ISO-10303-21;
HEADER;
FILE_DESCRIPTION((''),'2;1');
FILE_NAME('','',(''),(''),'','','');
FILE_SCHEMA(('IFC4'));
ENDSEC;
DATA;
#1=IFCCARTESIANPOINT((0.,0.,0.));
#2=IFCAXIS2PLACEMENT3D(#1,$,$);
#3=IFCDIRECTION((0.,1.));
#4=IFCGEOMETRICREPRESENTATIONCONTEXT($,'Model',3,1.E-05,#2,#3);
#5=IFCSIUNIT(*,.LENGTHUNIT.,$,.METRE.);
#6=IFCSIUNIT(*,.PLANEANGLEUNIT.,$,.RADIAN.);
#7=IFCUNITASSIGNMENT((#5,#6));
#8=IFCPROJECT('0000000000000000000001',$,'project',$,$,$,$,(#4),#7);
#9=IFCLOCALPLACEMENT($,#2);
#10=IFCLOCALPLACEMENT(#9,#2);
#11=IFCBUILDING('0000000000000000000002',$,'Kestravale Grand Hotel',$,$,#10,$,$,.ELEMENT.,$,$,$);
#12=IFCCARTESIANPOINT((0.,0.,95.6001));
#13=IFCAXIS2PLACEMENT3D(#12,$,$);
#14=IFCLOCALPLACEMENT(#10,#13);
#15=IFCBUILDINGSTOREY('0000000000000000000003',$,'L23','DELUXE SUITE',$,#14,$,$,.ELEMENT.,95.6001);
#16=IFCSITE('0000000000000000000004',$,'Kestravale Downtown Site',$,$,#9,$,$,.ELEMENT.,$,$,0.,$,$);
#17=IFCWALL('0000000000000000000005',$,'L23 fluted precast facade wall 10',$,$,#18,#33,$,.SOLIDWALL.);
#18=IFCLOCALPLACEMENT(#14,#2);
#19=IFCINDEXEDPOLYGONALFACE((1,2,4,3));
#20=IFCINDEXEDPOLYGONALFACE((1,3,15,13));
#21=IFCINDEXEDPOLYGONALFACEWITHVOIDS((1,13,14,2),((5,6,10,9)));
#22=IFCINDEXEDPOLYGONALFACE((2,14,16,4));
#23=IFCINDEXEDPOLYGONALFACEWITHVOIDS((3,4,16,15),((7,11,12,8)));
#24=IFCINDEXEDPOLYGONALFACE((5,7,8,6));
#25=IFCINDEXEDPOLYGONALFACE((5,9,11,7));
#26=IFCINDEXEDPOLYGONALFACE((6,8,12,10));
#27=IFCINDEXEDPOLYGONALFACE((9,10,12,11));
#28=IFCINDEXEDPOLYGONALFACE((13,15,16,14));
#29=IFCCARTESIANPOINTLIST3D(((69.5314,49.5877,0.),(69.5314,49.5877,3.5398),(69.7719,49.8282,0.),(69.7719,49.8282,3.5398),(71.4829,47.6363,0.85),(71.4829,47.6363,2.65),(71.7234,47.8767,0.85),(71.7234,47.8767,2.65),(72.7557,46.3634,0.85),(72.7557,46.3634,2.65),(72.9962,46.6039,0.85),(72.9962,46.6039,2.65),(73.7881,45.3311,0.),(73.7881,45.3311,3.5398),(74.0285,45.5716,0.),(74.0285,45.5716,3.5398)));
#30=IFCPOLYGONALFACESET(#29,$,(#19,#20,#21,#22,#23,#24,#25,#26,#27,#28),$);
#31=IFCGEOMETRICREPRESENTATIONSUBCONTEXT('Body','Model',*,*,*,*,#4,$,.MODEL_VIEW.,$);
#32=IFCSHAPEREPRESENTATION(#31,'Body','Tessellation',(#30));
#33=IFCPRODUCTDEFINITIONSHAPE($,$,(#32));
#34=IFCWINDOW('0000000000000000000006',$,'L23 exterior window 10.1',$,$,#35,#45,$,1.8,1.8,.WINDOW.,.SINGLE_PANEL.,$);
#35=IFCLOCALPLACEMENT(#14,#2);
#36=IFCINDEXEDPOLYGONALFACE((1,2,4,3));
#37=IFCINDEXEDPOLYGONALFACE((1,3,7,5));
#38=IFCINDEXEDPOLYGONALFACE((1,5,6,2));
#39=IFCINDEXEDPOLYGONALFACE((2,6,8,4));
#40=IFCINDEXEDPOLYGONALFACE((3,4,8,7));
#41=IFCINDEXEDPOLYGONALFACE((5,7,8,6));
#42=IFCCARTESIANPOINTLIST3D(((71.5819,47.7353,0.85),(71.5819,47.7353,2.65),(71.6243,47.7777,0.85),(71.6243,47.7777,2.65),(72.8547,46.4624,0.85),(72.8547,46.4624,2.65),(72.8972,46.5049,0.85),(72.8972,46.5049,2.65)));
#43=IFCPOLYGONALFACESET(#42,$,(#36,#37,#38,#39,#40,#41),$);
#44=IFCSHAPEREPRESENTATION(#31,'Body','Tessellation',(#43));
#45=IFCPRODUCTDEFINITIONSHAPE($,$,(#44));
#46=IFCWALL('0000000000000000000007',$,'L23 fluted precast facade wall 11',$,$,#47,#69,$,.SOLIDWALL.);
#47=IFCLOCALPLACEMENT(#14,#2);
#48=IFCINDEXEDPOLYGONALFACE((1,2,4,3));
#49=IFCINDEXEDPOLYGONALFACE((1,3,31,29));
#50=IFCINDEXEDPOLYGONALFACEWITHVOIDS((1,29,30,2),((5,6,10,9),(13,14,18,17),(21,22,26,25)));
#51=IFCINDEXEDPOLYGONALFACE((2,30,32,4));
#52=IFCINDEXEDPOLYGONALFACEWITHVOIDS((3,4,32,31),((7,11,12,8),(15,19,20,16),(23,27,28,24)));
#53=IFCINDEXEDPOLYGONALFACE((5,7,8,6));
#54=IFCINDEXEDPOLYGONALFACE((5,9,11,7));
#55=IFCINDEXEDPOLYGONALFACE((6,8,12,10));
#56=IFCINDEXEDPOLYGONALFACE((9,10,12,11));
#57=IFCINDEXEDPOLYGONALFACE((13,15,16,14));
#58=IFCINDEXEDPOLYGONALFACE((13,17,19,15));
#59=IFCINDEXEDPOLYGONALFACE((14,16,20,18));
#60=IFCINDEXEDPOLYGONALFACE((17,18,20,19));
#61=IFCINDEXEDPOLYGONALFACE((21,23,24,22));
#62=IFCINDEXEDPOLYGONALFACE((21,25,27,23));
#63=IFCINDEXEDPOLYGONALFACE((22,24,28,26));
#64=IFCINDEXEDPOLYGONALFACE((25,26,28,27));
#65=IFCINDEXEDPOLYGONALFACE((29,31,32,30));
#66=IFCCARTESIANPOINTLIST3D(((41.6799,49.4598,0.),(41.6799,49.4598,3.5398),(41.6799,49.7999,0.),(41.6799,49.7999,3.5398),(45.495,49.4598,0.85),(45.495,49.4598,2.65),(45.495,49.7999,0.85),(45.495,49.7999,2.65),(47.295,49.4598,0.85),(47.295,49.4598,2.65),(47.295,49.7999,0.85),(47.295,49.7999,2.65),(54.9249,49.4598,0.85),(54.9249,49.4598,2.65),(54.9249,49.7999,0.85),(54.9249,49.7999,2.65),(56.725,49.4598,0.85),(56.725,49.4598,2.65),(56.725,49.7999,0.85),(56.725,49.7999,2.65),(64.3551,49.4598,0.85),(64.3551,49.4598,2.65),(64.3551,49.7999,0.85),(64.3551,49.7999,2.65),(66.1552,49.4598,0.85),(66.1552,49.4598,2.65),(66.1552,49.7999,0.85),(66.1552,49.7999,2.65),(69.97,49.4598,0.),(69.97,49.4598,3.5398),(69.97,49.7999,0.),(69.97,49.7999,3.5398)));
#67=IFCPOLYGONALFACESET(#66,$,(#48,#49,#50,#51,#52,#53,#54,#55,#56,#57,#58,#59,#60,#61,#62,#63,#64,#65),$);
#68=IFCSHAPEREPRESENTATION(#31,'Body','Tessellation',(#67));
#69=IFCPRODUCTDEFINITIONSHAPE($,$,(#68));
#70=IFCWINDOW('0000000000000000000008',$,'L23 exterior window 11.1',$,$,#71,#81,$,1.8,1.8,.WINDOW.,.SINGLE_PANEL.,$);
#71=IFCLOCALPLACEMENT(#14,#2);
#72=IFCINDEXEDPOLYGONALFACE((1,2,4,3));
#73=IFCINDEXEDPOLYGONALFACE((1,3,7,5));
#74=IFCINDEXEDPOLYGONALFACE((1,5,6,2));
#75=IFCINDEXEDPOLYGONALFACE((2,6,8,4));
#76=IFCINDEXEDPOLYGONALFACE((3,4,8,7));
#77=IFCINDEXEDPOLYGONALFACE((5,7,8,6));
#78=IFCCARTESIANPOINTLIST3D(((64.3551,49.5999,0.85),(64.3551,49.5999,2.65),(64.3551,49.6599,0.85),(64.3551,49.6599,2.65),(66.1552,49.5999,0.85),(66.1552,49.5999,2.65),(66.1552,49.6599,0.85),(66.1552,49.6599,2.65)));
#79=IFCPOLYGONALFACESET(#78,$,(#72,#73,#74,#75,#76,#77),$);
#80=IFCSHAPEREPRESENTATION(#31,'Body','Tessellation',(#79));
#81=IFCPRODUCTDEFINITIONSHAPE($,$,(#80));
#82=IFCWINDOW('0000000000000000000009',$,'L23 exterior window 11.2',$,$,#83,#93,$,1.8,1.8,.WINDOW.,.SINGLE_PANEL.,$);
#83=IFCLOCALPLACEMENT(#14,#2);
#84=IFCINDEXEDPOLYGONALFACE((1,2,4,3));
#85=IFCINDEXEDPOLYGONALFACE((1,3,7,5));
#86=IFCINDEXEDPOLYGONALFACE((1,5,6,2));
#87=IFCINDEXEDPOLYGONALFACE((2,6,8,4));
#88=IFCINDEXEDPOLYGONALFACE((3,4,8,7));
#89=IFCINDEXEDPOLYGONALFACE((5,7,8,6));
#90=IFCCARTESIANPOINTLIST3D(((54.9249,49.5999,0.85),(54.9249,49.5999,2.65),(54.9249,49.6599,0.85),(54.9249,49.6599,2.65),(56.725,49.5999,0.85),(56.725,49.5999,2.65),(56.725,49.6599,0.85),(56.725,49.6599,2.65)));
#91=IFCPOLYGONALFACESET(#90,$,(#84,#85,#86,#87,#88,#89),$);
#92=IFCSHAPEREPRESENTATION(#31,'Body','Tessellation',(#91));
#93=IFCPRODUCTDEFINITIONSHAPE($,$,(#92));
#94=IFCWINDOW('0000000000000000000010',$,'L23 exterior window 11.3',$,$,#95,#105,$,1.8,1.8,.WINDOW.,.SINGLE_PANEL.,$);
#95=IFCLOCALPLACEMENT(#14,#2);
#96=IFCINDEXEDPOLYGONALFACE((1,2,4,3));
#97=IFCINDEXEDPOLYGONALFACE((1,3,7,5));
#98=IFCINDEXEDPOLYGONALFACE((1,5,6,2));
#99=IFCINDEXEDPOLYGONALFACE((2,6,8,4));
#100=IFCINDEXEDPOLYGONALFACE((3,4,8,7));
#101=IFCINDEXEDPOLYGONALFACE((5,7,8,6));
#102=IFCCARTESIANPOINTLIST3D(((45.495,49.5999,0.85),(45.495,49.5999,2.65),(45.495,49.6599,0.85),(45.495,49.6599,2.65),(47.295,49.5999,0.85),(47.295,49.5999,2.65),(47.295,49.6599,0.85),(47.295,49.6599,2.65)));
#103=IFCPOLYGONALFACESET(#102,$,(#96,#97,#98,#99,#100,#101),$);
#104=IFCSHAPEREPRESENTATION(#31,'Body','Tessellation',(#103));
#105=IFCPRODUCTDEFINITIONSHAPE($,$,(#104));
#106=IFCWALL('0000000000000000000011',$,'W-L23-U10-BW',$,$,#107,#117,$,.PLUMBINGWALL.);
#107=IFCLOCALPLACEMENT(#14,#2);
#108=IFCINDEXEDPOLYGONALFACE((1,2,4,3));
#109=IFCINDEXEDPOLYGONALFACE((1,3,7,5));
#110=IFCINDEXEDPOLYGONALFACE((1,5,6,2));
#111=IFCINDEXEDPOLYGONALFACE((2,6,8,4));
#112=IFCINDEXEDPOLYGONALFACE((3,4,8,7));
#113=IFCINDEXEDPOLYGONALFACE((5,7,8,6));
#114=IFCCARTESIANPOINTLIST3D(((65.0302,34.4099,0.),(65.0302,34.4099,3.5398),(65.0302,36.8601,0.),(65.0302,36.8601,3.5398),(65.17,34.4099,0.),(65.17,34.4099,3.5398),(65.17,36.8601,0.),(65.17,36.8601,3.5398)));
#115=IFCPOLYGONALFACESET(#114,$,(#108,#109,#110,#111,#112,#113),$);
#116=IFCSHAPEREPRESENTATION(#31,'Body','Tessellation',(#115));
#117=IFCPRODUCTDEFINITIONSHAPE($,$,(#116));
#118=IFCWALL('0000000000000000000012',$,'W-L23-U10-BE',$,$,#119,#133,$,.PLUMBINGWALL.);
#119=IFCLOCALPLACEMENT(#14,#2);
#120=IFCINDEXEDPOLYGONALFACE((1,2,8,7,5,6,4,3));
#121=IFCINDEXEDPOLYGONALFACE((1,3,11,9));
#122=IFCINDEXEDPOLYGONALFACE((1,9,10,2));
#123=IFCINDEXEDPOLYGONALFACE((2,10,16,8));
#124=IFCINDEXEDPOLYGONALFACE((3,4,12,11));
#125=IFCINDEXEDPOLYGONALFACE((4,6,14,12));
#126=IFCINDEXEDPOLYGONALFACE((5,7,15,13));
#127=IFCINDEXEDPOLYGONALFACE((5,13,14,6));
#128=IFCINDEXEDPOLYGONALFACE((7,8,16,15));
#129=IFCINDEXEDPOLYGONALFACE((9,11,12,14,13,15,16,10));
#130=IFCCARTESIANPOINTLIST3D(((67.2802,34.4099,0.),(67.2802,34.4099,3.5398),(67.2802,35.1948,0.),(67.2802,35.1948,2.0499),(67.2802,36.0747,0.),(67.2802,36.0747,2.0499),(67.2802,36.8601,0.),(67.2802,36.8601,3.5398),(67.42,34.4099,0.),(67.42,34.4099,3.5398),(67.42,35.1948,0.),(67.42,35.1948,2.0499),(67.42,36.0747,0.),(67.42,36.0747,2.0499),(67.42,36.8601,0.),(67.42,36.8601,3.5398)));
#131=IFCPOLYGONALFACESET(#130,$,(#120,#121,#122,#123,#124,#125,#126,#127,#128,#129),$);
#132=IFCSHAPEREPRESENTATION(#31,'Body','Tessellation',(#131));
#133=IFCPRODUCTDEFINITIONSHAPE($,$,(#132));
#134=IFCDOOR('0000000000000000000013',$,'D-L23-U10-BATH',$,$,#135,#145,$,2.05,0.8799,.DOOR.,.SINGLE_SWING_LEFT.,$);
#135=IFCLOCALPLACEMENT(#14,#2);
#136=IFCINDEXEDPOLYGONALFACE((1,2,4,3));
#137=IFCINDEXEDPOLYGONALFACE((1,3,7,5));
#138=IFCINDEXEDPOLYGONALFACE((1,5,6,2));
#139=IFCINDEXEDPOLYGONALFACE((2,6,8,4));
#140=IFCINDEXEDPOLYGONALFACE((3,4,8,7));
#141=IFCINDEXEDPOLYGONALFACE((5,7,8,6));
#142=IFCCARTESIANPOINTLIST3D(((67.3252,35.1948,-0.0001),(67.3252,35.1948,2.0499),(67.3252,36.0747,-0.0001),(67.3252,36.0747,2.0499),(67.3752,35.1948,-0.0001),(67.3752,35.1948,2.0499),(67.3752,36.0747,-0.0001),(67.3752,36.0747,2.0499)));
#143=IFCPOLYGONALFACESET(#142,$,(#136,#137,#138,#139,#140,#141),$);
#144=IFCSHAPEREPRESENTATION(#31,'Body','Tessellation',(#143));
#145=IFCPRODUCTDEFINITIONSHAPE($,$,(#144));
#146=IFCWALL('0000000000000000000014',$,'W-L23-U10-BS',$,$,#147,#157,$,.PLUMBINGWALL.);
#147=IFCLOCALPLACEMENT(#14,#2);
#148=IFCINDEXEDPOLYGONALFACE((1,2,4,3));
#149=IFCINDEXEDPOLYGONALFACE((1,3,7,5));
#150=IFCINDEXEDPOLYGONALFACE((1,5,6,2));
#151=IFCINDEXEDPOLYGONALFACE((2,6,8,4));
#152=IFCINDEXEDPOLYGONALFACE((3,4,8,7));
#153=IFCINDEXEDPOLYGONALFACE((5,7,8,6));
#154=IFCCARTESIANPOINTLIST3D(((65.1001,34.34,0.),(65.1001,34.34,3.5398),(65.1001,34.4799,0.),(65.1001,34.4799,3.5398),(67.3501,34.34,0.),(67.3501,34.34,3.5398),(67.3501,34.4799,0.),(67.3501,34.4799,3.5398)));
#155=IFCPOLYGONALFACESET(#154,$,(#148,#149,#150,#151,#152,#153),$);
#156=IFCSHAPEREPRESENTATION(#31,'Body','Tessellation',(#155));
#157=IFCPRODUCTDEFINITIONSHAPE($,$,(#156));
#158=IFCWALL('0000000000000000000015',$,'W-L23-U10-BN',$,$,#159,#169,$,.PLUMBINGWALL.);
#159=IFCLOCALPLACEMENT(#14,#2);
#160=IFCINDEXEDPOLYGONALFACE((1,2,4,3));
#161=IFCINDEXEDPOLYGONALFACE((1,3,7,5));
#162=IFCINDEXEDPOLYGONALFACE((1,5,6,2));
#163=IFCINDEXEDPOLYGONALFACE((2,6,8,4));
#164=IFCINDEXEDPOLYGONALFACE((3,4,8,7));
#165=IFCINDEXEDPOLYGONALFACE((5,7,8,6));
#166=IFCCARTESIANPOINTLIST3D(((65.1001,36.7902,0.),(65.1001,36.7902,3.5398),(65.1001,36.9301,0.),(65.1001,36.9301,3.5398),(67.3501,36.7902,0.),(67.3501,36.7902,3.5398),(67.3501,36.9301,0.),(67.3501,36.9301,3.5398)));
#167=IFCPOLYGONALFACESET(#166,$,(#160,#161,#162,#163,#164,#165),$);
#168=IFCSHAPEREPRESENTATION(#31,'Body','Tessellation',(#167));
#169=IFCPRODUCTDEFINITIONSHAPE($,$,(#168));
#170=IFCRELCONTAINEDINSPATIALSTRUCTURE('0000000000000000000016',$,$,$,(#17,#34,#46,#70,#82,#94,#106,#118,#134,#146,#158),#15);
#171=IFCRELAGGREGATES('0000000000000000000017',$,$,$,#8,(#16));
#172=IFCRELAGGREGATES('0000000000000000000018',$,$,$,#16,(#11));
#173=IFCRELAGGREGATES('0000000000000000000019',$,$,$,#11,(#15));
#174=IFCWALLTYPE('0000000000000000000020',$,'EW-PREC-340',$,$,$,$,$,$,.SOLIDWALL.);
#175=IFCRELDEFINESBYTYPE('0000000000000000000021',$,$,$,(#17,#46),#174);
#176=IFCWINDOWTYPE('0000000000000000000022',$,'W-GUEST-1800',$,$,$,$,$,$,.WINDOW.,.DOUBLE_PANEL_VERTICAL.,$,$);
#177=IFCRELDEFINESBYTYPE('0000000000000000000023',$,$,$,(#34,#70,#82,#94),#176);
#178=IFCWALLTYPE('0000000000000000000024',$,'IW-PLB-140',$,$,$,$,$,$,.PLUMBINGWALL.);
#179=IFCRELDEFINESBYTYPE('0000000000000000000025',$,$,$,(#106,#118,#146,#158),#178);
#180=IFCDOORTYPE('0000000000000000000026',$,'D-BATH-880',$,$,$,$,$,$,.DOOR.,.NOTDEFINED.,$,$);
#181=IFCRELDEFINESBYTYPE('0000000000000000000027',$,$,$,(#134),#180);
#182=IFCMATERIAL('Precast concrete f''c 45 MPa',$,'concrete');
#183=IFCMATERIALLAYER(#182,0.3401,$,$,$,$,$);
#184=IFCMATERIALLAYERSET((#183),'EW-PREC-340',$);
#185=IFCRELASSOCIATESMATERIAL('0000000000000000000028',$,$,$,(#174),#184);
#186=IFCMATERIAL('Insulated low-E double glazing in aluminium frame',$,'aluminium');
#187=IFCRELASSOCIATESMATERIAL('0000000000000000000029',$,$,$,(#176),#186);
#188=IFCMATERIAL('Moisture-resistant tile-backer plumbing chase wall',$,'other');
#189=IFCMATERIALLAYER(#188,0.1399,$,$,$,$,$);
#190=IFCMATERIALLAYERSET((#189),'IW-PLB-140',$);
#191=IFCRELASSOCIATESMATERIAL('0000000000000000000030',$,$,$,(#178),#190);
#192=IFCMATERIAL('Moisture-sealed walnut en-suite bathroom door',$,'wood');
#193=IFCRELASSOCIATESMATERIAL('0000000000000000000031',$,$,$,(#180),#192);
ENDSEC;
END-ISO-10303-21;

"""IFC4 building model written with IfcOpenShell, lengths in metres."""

from ifc_helpers import new_model, si_unit, direction, frame, frame_2d, origin, place, context, subcontext, project, spatial, rectangle, extrude, material, layer, layer_set, type_object, element, fill, save


model = new_model("IFC4")

# Units and contexts
model_context = context("Model", 3, precision=1e-05, world=origin(), true_north=direction((0.0, 1.0)))
body_context = subcontext(model_context, "Body", "Model", "MODEL_VIEW")
ifc_project = project(units=[si_unit("LENGTHUNIT", "METRE"), si_unit("PLANEANGLEUNIT", "RADIAN")], contexts=[model_context])

# Site, building, storey
site_placement = place(None, origin())
site = spatial("IfcSite", under=ifc_project, at=site_placement, Name="Kestravale Downtown Site", CompositionType="ELEMENT", RefElevation=0.0)
building_placement = place(site_placement, origin())
building = spatial("IfcBuilding", under=site, at=building_placement, Name="Kestravale Grand Hotel", CompositionType="ELEMENT")
storey_placement = place(building_placement, frame((0.0, 0.0, 95.6001)))
storey = spatial("IfcBuildingStorey", under=building, at=storey_placement, Name="L23", Description="DELUXE SUITE", CompositionType="ELEMENT", Elevation=95.6001)

# Wall, opening, window
ifc_material_1 = material(Name="Precast concrete f'c 45 MPa", Category="concrete")
ifc_layer_1 = layer(ifc_material_1, 0.3401)
ifc_layer_set_1 = layer_set([ifc_layer_1], Name="EW-PREC-340")
wall_type_1 = type_object("IfcWallType", Name="EW-PREC-340", PredefinedType="SOLIDWALL", material=ifc_layer_set_1)
wall_1_placement = place(storey_placement, frame((73.9082, 45.4514, 0.0), z_axis=(0.0, 0.0, 1.0), x_axis=(-0.707107, 0.707107, 0.0)))
wall_1 = element("IfcWall", 1, at=wall_1_placement, inside=storey, type_object=wall_type_1, Name="L23 fluted precast facade wall 10", PredefinedType="SOLIDWALL", context=body_context, shape_type="SweptSolid", body=[
    extrude(rectangle(XDim=6.0198, YDim=0.3401, at=frame_2d((3.0098, 0.0))), origin(), (0.0, 0.0, 1.0), 3.5398),
])
opening_1_placement = place(wall_1_placement, frame((1.46, 0.0, 0.8501)))
opening_1 = element("IfcOpeningElement", 2, at=opening_1_placement, cuts=wall_1, PredefinedType="OPENING", context=body_context, shape_type="SweptSolid", body=[
    extrude(rectangle(XDim=1.8, YDim=1.8, at=frame_2d((0.8999, 0.8999))), frame((0.0, 0.1799, 0.0), z_axis=(0.0, -1.0, 0.0), x_axis=(1.0, 0.0, 0.0)), (0.0, 0.0, 1.0), 0.3601),
])
ifc_material_2 = material(Name="Insulated low-E double glazing in aluminium frame", Category="aluminium")
window_type = type_object("IfcWindowType", Name="W-GUEST-1800", PartitioningType="DOUBLE_PANEL_VERTICAL", PredefinedType="WINDOW", material=ifc_material_2)
window_1_placement = place(opening_1_placement, origin())
window_1 = element("IfcWindow", 3, at=window_1_placement, inside=storey, type_object=window_type, Name="L23 exterior window 10.1", OverallHeight=1.8, OverallWidth=1.8, PartitioningType="SINGLE_PANEL", PredefinedType="WINDOW", context=body_context, shape_type="SweptSolid", body=[
    extrude(rectangle(XDim=1.8, YDim=1.8, at=frame_2d((0.8999, 0.8999))), frame((0.0, 0.03, 0.0), z_axis=(0.0, -1.0, 0.0), x_axis=(1.0, 0.0, 0.0)), (0.0, 0.0, 1.0), 0.0601),
])
fill(opening_1, window_1)

# Wall, openings, windows
wall_2_placement = place(storey_placement, frame((69.97, 49.6299, 0.0), z_axis=(0.0, 0.0, 1.0), x_axis=(-1.0, 0.0, 0.0)))
wall_2 = element("IfcWall", 4, at=wall_2_placement, inside=storey, type_object=wall_type_1, Name="L23 fluted precast facade wall 11", PredefinedType="SOLIDWALL", context=body_context, shape_type="SweptSolid", body=[
    extrude(rectangle(XDim=28.29, YDim=0.3401, at=frame_2d((14.145, 0.0))), origin(), (0.0, 0.0, 1.0), 3.5398),
])
opening_2_placement = place(wall_2_placement, frame((3.8149, 0.0, 0.8501)))
opening_2 = element("IfcOpeningElement", 5, at=opening_2_placement, cuts=wall_2, PredefinedType="OPENING", context=body_context, shape_type="SweptSolid", body=[
    extrude(rectangle(XDim=1.8, YDim=1.8, at=frame_2d((0.8999, 0.8999))), frame((0.0, 0.1799, 0.0), z_axis=(0.0, -1.0, 0.0), x_axis=(1.0, 0.0, 0.0)), (0.0, 0.0, 1.0), 0.3601),
])
opening_3_placement = place(wall_2_placement, frame((13.2451, 0.0, 0.8501)))
opening_3 = element("IfcOpeningElement", 6, at=opening_3_placement, cuts=wall_2, PredefinedType="OPENING", context=body_context, shape_type="SweptSolid", body=[
    extrude(rectangle(XDim=1.8, YDim=1.8, at=frame_2d((0.8999, 0.8999))), frame((0.0, 0.1799, 0.0), z_axis=(0.0, -1.0, 0.0), x_axis=(1.0, 0.0, 0.0)), (0.0, 0.0, 1.0), 0.3601),
])
opening_4_placement = place(wall_2_placement, frame((22.675, 0.0, 0.8501)))
opening_4 = element("IfcOpeningElement", 7, at=opening_4_placement, cuts=wall_2, PredefinedType="OPENING", context=body_context, shape_type="SweptSolid", body=[
    extrude(rectangle(XDim=1.8, YDim=1.8, at=frame_2d((0.8999, 0.8999))), frame((0.0, 0.1799, 0.0), z_axis=(0.0, -1.0, 0.0), x_axis=(1.0, 0.0, 0.0)), (0.0, 0.0, 1.0), 0.3601),
])
window_2_placement = place(opening_2_placement, origin())
window_2 = element("IfcWindow", 8, at=window_2_placement, inside=storey, type_object=window_type, Name="L23 exterior window 11.1", OverallHeight=1.8, OverallWidth=1.8, PartitioningType="SINGLE_PANEL", PredefinedType="WINDOW", context=body_context, shape_type="SweptSolid", body=[
    extrude(rectangle(XDim=1.8, YDim=1.8, at=frame_2d((0.8999, 0.8999))), frame((0.0, 0.03, 0.0), z_axis=(0.0, -1.0, 0.0), x_axis=(1.0, 0.0, 0.0)), (0.0, 0.0, 1.0), 0.0601),
])
fill(opening_2, window_2)
window_3_placement = place(opening_3_placement, origin())
window_3 = element("IfcWindow", 9, at=window_3_placement, inside=storey, type_object=window_type, Name="L23 exterior window 11.2", OverallHeight=1.8, OverallWidth=1.8, PartitioningType="SINGLE_PANEL", PredefinedType="WINDOW", context=body_context, shape_type="SweptSolid", body=[
    extrude(rectangle(XDim=1.8, YDim=1.8, at=frame_2d((0.8999, 0.8999))), frame((0.0, 0.03, 0.0), z_axis=(0.0, -1.0, 0.0), x_axis=(1.0, 0.0, 0.0)), (0.0, 0.0, 1.0), 0.0601),
])
fill(opening_3, window_3)
window_4_placement = place(opening_4_placement, origin())
window_4 = element("IfcWindow", 10, at=window_4_placement, inside=storey, type_object=window_type, Name="L23 exterior window 11.3", OverallHeight=1.8, OverallWidth=1.8, PartitioningType="SINGLE_PANEL", PredefinedType="WINDOW", context=body_context, shape_type="SweptSolid", body=[
    extrude(rectangle(XDim=1.8, YDim=1.8, at=frame_2d((0.8999, 0.8999))), frame((0.0, 0.03, 0.0), z_axis=(0.0, -1.0, 0.0), x_axis=(1.0, 0.0, 0.0)), (0.0, 0.0, 1.0), 0.0601),
])
fill(opening_4, window_4)

# Wall
ifc_material_3 = material(Name="Moisture-resistant tile-backer plumbing chase wall", Category="other")
ifc_layer_2 = layer(ifc_material_3, 0.1399)
ifc_layer_set_2 = layer_set([ifc_layer_2], Name="IW-PLB-140")
wall_type_2 = type_object("IfcWallType", Name="IW-PLB-140", PredefinedType="PLUMBINGWALL", material=ifc_layer_set_2)
wall_3_placement = place(storey_placement, frame((65.1001, 34.4099, 0.0), z_axis=(0.0, 0.0, 1.0), x_axis=(0.0, 1.0, 0.0)))
element("IfcWall", 11, at=wall_3_placement, inside=storey, type_object=wall_type_2, Name="W-L23-U10-BW", PredefinedType="PLUMBINGWALL", context=body_context, shape_type="SweptSolid", body=[
    extrude(rectangle(XDim=2.4502, YDim=0.1399, at=frame_2d((1.2251, 0.0))), origin(), (0.0, 0.0, 1.0), 3.5398),
])

# Wall, opening, door
wall_4_placement = place(storey_placement, frame((67.3501, 34.4099, 0.0), z_axis=(0.0, 0.0, 1.0), x_axis=(0.0, 1.0, 0.0)))
wall_4 = element("IfcWall", 12, at=wall_4_placement, inside=storey, type_object=wall_type_2, Name="W-L23-U10-BE", PredefinedType="PLUMBINGWALL", context=body_context, shape_type="SweptSolid", body=[
    extrude(rectangle(XDim=2.4502, YDim=0.1399, at=frame_2d((1.2251, 0.0))), origin(), (0.0, 0.0, 1.0), 3.5398),
])
opening_5_placement = place(wall_4_placement, frame((0.7849, 0.0, 0.0)))
opening_5 = element("IfcOpeningElement", 13, at=opening_5_placement, cuts=wall_4, PredefinedType="OPENING", context=body_context, shape_type="SweptSolid", body=[
    extrude(rectangle(XDim=0.8799, YDim=2.05, at=frame_2d((0.4399, 1.0249))), frame((0.0, 0.0798, 0.0), z_axis=(0.0, -1.0, 0.0), x_axis=(1.0, 0.0, 0.0)), (0.0, 0.0, 1.0), 0.1599),
])
ifc_material_4 = material(Name="Moisture-sealed walnut en-suite bathroom door", Category="wood")
door_type_1 = type_object("IfcDoorType", Name="D-BATH-880", OperationType="NOTDEFINED", PredefinedType="DOOR", material=ifc_material_4)
door_1_placement = place(opening_5_placement, origin())
door_1 = element("IfcDoor", 14, at=door_1_placement, inside=storey, type_object=door_type_1, Name="D-L23-U10-BATH", OperationType="SINGLE_SWING_LEFT", OverallHeight=2.05, OverallWidth=0.8799, PredefinedType="DOOR", context=body_context, shape_type="SweptSolid", body=[
    extrude(rectangle(XDim=0.8799, YDim=2.05, at=frame_2d((0.4399, 1.0249))), frame((0.0, 0.0249, 0.0), z_axis=(0.0, -1.0, 0.0), x_axis=(1.0, 0.0, 0.0)), (0.0, 0.0, 1.0), 0.05),
])
fill(opening_5, door_1)

# Walls
for number, where, z_axis, x_axis, name in (
    (15, (65.1001, 34.4099, 0.0), (0.0, 0.0, 1.0), (1.0, 0.0, 0.0), "W-L23-U10-BS"),
    (16, (65.1001, 36.8601, 0.0), (0.0, 0.0, 1.0), (1.0, 0.0, 0.0), "W-L23-U10-BN"),
):
    element("IfcWall", number, at=place(storey_placement, frame(where, z_axis=z_axis, x_axis=x_axis)), inside=storey, type_object=wall_type_2, Name=name, PredefinedType="PLUMBINGWALL", context=body_context, shape_type="SweptSolid", body=[
        extrude(rectangle(XDim=2.25, YDim=0.1399, at=frame_2d((1.125, 0.0))), origin(), (0.0, 0.0, 1.0), 3.5398),
    ])

save(model, "model.ifc")
